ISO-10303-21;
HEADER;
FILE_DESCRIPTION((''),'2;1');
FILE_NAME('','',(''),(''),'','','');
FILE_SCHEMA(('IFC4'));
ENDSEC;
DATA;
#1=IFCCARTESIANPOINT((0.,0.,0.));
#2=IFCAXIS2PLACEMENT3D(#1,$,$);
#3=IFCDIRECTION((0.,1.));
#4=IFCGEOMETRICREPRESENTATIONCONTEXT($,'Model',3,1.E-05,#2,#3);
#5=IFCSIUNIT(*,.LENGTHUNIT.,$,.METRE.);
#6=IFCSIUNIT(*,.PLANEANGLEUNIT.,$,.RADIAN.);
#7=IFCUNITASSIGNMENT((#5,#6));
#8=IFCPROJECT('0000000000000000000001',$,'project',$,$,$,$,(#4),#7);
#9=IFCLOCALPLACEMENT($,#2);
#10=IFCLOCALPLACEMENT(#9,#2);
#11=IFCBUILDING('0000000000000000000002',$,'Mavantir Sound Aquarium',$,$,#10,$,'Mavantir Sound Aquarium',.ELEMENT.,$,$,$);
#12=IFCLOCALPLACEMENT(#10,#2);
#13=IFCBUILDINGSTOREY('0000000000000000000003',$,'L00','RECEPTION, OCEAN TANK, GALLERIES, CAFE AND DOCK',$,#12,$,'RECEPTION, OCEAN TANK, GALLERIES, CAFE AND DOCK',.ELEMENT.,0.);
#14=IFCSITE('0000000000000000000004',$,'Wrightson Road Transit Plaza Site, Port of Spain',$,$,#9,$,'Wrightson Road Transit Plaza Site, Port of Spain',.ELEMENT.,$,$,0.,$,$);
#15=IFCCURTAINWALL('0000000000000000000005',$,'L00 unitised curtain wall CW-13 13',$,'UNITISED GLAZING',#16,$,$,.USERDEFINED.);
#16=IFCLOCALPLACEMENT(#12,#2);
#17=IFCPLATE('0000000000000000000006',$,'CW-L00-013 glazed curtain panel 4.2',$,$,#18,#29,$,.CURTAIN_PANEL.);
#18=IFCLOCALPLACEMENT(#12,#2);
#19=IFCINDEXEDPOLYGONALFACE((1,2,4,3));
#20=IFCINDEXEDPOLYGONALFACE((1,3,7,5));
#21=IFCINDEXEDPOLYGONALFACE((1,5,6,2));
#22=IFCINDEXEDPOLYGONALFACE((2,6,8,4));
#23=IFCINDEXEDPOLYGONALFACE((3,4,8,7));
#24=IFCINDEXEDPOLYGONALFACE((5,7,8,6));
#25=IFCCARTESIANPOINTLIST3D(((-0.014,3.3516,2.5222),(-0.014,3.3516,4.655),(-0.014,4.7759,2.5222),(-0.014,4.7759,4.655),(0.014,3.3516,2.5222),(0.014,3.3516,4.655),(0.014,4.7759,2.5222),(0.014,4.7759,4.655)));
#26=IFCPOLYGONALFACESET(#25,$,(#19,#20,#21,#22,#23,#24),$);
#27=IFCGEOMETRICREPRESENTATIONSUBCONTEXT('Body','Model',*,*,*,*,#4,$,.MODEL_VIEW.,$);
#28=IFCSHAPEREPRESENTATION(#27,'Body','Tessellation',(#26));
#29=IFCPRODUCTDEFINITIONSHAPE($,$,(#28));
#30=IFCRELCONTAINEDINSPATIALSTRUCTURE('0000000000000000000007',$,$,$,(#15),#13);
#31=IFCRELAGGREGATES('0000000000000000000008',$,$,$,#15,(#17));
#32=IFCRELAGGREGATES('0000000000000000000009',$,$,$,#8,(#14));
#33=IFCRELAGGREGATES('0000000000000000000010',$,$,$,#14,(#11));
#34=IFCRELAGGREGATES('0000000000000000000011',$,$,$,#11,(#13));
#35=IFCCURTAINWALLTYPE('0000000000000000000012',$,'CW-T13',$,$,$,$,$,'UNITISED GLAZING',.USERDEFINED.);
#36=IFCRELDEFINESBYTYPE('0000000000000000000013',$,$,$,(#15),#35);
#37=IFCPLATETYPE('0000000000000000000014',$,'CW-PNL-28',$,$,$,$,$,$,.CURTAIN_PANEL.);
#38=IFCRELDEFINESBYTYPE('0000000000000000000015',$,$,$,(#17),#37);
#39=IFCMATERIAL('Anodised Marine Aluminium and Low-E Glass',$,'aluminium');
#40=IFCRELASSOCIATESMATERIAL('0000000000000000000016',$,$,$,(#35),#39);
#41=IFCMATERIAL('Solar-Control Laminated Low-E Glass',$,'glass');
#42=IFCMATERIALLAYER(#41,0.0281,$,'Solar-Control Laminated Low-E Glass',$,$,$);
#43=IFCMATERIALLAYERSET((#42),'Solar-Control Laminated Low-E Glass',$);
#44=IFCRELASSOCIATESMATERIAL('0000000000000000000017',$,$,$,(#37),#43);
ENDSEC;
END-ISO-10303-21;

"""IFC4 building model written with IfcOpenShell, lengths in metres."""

from ifc_helpers import new_model, si_unit, direction, frame, origin, origin_2d, place, context, subcontext, project, spatial, rectangle, extrude, material, layer, layer_set, type_object, element, aggregate, save


model = new_model("IFC4")

# Units and contexts
model_context = context("Model", 3, precision=1e-05, world=origin(), true_north=direction((0.0, 1.0)))
body_context = subcontext(model_context, "Body", "Model", "MODEL_VIEW")
ifc_project = project(units=[si_unit("LENGTHUNIT", "METRE"), si_unit("PLANEANGLEUNIT", "RADIAN")], contexts=[model_context])

# Site, building, storey
site_placement = place(None, origin())
site = spatial("IfcSite", under=ifc_project, at=site_placement, Name="Wrightson Road Transit Plaza Site, Port of Spain", LongName="Wrightson Road Transit Plaza Site, Port of Spain", CompositionType="ELEMENT", RefElevation=0.0)
building_placement = place(site_placement, origin())
building = spatial("IfcBuilding", under=site, at=building_placement, Name="Mavantir Sound Aquarium", LongName="Mavantir Sound Aquarium", CompositionType="ELEMENT")
storey_placement = place(building_placement, origin())
storey = spatial("IfcBuildingStorey", under=building, at=storey_placement, Name="L00", Description="RECEPTION, OCEAN TANK, GALLERIES, CAFE AND DOCK", LongName="RECEPTION, OCEAN TANK, GALLERIES, CAFE AND DOCK", CompositionType="ELEMENT", Elevation=0.0)

# Curtain wall, plate
ifc_material_1 = material(Name="Anodised Marine Aluminium and Low-E Glass", Category="aluminium")
curtain_wall_type = type_object("IfcCurtainWallType", Name="CW-T13", ElementType="UNITISED GLAZING", PredefinedType="USERDEFINED", material=ifc_material_1)
curtain_wall_placement = place(storey_placement, origin())
curtain_wall = element("IfcCurtainWall", 1, at=curtain_wall_placement, inside=storey, type_object=curtain_wall_type, Name="L00 unitised curtain wall CW-13 13", ObjectType="UNITISED GLAZING", PredefinedType="USERDEFINED")
ifc_material_2 = material(Name="Solar-Control Laminated Low-E Glass", Category="glass")
ifc_layer = layer(ifc_material_2, 0.0281, Name="Solar-Control Laminated Low-E Glass")
ifc_layer_set = layer_set([ifc_layer], Name="Solar-Control Laminated Low-E Glass")
plate_type = type_object("IfcPlateType", Name="CW-PNL-28", PredefinedType="CURTAIN_PANEL", material=ifc_layer_set)
plate_1_placement = place(storey_placement, frame((0.0, 4.0637, 2.5222), z_axis=(0.0, 0.0, 1.0), x_axis=(0.0, -1.0, 0.0)))
plate_1 = element("IfcPlate", 2, at=plate_1_placement, type_object=plate_type, Name="CW-L00-013 glazed curtain panel 4.2", PredefinedType="CURTAIN_PANEL", context=body_context, shape_type="SweptSolid", body=[
    extrude(rectangle(XDim=1.4243, YDim=0.0281, at=origin_2d()), origin(), (0.0, 0.0, 1.0), 2.1328),
])
aggregate(curtain_wall, [plate_1])

save(model, "model.ifc")
